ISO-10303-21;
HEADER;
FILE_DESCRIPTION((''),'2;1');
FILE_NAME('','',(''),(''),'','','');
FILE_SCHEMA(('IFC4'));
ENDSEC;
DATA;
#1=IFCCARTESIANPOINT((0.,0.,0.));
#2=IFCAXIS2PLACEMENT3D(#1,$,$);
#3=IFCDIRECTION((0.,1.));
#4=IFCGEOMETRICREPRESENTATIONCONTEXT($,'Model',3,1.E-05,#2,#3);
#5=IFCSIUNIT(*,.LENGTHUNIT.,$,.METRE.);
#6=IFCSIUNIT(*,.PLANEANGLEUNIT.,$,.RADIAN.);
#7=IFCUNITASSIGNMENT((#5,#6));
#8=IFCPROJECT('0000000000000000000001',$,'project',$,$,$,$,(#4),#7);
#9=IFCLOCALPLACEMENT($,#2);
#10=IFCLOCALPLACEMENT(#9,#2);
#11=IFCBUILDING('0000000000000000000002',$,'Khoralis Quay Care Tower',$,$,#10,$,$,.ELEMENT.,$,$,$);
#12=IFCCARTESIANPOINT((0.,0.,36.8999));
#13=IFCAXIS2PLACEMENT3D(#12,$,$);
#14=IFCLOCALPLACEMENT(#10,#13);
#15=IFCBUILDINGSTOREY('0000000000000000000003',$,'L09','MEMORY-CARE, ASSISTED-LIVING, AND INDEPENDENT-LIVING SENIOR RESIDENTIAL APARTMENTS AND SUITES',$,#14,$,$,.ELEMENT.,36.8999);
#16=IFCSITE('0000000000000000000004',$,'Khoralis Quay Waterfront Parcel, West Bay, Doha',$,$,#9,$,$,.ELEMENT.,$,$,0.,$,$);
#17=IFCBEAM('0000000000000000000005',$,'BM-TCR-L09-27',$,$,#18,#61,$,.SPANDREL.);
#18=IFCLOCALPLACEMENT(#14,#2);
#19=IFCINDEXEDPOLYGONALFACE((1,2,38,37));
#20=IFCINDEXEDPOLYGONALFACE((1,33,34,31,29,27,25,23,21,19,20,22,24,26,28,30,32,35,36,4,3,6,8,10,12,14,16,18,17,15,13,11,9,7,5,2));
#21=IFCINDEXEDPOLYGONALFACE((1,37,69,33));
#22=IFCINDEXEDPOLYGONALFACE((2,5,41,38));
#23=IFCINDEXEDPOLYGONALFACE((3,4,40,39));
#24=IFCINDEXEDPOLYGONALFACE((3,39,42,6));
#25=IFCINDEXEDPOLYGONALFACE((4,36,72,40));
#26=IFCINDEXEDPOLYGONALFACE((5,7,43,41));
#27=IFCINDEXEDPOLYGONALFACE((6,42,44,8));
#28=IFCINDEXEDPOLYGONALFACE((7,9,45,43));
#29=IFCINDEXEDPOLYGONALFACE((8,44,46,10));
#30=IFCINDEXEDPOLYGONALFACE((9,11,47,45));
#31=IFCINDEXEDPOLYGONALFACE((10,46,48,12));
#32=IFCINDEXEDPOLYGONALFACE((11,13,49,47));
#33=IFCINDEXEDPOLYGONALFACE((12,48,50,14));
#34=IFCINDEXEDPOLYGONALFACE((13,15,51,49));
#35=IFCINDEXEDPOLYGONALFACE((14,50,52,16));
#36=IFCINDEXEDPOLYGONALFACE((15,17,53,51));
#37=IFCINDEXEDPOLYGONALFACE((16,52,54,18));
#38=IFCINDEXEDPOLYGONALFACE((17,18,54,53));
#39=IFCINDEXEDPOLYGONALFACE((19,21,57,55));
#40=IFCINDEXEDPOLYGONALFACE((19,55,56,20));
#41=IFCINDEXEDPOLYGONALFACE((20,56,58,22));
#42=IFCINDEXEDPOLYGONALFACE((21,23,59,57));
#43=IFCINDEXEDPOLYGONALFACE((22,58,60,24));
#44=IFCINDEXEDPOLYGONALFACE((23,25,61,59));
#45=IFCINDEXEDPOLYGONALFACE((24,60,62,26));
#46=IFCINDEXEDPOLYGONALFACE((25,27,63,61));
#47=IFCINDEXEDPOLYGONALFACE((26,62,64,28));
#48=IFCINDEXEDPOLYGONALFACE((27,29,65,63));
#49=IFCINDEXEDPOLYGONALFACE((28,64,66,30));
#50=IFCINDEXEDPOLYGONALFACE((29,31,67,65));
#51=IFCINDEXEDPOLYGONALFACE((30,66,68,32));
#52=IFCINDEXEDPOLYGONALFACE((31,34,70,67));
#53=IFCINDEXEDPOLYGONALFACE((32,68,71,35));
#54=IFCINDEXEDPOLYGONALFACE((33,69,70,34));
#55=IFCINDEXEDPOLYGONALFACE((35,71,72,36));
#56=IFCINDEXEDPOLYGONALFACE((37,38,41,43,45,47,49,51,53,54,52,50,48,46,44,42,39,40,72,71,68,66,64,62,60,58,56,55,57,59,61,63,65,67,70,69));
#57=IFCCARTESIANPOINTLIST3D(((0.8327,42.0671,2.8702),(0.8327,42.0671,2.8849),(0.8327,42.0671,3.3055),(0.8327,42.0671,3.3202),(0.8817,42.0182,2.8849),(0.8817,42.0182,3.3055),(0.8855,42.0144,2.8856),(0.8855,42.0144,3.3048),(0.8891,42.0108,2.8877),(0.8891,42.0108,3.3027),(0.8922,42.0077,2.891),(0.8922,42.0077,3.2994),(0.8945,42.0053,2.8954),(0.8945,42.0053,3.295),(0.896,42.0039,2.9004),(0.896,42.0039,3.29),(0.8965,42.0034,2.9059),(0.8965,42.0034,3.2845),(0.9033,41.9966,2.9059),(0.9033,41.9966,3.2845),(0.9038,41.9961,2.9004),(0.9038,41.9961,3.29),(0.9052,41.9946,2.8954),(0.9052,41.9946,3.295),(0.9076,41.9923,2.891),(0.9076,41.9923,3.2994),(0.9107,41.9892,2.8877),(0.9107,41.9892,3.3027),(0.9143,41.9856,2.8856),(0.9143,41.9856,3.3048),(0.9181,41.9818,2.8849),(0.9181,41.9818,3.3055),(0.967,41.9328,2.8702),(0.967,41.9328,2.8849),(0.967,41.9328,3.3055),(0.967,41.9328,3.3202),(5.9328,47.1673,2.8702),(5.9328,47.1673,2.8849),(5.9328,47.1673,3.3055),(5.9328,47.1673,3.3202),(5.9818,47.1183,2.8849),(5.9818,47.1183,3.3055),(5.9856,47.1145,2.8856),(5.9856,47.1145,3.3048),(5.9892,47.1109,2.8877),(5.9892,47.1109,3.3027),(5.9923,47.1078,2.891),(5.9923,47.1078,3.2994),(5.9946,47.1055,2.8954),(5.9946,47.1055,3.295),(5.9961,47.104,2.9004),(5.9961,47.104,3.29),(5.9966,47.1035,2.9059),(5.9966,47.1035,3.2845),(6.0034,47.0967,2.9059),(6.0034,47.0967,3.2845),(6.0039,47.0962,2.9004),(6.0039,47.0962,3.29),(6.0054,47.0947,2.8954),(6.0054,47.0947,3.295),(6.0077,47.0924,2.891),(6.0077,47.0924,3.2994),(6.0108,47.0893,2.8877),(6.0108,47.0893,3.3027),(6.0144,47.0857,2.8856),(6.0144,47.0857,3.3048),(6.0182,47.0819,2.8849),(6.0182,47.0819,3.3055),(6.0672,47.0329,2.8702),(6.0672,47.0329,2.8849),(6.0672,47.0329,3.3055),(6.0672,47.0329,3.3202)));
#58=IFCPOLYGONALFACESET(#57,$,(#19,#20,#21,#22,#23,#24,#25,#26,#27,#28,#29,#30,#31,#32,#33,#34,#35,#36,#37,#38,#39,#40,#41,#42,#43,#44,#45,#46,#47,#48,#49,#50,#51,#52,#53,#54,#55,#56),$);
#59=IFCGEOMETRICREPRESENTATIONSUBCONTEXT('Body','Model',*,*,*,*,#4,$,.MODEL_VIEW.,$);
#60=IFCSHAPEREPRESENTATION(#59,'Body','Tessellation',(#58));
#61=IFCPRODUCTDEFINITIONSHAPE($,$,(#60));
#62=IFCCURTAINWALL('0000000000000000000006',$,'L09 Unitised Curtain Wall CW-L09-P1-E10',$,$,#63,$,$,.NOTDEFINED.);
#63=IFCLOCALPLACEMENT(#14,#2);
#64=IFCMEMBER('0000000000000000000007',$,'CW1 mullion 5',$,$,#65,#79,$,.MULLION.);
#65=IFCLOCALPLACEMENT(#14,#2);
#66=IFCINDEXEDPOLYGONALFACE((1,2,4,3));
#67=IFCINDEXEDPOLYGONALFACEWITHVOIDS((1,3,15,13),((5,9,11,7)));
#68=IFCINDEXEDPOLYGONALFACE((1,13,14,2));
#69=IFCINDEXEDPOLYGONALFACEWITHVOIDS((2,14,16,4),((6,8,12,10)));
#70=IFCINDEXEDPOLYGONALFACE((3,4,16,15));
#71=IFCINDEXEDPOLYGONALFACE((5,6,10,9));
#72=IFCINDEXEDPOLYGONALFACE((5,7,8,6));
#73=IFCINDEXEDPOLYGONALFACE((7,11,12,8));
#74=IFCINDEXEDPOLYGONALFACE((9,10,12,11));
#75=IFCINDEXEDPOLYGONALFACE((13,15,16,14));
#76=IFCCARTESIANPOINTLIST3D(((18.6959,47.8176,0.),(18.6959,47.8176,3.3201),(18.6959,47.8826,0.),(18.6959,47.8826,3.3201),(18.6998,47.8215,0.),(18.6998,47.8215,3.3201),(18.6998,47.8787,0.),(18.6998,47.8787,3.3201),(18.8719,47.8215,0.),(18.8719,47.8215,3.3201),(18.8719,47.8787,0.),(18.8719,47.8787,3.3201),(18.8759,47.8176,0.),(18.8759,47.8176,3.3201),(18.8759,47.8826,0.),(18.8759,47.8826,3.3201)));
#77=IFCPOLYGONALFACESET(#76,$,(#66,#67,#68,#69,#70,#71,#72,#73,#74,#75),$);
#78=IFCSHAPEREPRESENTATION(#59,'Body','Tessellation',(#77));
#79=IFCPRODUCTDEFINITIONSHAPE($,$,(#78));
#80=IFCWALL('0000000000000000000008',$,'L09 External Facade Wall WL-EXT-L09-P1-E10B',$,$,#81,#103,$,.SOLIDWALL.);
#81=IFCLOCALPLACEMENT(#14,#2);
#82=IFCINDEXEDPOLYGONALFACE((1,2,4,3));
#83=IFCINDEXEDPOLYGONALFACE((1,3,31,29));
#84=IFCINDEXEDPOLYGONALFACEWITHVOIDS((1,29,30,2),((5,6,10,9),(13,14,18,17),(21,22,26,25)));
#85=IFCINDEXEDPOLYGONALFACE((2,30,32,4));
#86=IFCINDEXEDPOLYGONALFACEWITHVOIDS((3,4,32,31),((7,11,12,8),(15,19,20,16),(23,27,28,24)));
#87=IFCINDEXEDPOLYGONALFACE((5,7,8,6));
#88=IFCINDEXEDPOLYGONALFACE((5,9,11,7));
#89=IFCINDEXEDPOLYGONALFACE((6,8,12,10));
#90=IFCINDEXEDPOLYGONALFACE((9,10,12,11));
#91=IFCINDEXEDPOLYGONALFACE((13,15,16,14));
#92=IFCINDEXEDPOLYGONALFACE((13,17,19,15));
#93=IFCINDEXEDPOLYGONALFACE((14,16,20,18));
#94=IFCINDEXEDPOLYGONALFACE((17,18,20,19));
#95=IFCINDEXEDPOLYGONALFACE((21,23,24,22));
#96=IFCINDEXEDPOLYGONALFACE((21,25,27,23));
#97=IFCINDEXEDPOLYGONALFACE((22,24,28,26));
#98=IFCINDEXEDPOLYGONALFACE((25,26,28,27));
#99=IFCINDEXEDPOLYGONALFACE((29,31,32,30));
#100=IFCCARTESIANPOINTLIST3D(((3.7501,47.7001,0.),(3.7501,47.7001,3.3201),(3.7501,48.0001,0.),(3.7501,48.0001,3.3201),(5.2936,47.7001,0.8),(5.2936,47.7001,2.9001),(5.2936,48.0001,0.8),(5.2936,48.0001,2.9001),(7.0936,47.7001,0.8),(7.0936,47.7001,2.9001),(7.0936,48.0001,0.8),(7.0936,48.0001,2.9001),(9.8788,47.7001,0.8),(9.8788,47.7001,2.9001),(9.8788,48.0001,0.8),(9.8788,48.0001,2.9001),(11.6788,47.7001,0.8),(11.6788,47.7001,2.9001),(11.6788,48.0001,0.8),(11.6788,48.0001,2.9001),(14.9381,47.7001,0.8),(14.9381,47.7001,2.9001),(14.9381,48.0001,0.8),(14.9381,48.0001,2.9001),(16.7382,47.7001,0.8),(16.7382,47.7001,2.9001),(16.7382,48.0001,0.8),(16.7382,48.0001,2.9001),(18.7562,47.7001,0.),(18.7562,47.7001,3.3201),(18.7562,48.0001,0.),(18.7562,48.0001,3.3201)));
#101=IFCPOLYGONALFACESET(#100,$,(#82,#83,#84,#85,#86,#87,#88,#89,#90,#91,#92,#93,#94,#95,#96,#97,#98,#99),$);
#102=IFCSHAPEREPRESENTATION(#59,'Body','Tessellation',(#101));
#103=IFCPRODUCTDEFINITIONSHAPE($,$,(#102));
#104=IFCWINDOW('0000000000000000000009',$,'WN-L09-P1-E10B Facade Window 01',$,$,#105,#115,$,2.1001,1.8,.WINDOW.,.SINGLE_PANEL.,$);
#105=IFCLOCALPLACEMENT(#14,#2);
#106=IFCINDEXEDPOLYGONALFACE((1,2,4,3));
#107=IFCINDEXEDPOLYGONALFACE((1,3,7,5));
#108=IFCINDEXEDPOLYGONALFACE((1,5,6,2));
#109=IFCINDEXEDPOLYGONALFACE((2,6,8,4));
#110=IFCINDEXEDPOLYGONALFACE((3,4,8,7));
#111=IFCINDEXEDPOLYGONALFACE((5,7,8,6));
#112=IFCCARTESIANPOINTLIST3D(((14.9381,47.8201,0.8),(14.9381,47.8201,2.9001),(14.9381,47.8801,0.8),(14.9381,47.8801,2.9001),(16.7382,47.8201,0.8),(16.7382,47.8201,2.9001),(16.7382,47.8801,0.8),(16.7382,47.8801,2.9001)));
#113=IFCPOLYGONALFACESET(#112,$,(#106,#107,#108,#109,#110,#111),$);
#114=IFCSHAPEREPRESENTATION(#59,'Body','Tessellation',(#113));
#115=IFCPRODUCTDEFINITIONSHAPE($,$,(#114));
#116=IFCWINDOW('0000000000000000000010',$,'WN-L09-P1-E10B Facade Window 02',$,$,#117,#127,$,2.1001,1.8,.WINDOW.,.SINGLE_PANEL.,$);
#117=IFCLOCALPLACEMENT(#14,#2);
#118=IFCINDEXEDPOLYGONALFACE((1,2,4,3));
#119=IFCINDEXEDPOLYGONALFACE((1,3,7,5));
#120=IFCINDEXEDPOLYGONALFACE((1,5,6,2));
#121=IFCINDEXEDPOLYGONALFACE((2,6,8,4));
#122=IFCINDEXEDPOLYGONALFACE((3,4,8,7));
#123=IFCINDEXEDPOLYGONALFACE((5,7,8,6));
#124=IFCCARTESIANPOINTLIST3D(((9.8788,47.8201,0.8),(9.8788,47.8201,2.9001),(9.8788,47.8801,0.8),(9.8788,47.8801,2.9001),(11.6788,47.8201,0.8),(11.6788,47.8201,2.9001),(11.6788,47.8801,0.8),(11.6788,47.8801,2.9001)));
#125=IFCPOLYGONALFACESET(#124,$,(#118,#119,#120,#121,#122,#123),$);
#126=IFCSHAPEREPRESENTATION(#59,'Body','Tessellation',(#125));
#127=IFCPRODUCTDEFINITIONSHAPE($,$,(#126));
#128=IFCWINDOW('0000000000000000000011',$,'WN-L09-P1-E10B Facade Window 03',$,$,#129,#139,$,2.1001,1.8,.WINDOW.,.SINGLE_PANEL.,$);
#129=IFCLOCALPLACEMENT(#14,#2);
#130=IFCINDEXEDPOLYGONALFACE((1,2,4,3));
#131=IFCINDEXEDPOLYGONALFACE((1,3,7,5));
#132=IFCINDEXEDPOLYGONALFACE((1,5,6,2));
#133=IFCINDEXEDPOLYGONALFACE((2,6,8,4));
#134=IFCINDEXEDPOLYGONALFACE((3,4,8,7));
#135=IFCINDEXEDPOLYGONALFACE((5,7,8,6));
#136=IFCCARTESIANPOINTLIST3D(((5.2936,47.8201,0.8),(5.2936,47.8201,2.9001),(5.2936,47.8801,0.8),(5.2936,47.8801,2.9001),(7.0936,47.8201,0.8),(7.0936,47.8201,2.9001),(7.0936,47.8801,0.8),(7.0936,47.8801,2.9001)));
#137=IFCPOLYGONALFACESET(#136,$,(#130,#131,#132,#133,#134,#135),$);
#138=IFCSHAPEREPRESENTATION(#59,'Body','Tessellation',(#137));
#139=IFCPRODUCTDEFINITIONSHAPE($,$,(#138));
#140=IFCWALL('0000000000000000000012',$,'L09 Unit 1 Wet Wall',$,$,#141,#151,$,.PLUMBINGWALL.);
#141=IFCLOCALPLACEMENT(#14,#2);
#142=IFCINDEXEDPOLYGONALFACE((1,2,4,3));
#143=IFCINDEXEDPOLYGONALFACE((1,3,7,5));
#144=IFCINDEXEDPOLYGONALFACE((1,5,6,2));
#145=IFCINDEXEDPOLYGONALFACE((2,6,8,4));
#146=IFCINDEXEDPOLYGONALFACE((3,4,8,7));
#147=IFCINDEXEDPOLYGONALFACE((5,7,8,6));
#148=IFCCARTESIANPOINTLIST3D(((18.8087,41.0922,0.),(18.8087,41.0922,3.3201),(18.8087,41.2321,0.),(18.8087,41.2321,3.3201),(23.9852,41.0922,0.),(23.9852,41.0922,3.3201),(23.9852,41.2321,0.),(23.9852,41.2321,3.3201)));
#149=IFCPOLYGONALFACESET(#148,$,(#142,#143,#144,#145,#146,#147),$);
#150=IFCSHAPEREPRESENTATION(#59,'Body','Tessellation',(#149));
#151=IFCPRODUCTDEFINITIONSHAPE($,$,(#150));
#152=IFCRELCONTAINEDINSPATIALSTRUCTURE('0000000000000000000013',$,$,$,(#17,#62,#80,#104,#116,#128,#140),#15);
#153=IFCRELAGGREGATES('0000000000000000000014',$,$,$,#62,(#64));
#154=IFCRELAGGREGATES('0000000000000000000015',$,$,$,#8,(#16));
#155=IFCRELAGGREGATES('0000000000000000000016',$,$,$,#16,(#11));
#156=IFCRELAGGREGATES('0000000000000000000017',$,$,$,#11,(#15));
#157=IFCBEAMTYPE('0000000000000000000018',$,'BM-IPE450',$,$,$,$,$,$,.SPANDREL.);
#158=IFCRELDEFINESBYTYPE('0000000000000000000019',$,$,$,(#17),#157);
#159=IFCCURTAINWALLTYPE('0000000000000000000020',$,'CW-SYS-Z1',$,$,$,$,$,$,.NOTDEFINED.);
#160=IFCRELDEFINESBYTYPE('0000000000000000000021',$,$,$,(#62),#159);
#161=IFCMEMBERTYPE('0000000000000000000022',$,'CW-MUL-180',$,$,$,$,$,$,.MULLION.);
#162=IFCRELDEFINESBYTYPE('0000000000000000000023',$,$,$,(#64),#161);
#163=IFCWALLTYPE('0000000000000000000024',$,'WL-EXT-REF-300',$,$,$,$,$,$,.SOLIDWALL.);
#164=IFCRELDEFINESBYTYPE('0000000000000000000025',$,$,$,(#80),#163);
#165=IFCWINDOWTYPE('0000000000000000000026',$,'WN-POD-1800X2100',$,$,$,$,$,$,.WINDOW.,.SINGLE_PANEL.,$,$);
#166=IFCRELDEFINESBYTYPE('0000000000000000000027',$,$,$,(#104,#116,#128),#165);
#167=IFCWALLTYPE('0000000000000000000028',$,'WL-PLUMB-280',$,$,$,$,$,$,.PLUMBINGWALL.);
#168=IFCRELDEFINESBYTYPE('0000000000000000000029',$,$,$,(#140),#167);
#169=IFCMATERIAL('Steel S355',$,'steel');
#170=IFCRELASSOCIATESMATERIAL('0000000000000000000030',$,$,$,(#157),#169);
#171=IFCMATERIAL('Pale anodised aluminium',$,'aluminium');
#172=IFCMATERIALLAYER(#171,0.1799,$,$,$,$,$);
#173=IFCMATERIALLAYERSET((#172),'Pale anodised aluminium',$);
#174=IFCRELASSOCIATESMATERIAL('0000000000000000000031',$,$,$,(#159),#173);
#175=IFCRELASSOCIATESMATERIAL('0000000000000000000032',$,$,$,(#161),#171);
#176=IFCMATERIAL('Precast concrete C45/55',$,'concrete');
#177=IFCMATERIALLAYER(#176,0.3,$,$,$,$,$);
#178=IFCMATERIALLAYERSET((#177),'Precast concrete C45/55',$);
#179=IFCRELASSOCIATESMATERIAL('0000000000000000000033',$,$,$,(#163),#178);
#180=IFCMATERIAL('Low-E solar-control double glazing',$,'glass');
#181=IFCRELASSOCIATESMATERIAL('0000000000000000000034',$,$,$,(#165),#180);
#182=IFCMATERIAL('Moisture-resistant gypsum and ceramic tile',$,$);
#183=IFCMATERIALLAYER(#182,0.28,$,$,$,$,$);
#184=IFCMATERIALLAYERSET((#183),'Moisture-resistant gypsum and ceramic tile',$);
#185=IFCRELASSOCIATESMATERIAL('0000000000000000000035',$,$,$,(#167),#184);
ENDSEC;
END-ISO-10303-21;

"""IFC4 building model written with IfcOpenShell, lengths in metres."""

from ifc_helpers import new_model, si_unit, direction, frame, frame_2d, origin, origin_2d, place, context, subcontext, project, spatial, rectangle, hollow_rectangle, i_section, extrude, source, transform, mapped, material, layer, layer_set, material_profile, profile_set, type_object, element, fill, aggregate, save


model = new_model("IFC4")

# Units and contexts
model_context = context("Model", 3, precision=1e-05, world=origin(), true_north=direction((0.0, 1.0)))
body_context = subcontext(model_context, "Body", "Model", "MODEL_VIEW")
ifc_project = project(units=[si_unit("LENGTHUNIT", "METRE"), si_unit("PLANEANGLEUNIT", "RADIAN")], contexts=[model_context])

# Site, building, storey
site_placement = place(None, origin())
site = spatial("IfcSite", under=ifc_project, at=site_placement, Name="Khoralis Quay Waterfront Parcel, West Bay, Doha", CompositionType="ELEMENT", RefElevation=0.0)
building_placement = place(site_placement, origin())
building = spatial("IfcBuilding", under=site, at=building_placement, Name="Khoralis Quay Care Tower", CompositionType="ELEMENT")
storey_placement = place(building_placement, frame((0.0, 0.0, 36.8999)))
storey = spatial("IfcBuildingStorey", under=building, at=storey_placement, Name="L09", Description="MEMORY-CARE, ASSISTED-LIVING, AND INDEPENDENT-LIVING SENIOR RESIDENTIAL APARTMENTS AND SUITES", CompositionType="ELEMENT", Elevation=36.8999)

# Beam
ifc_material_1 = material(Name="Steel S355", Category="steel")
ifc_material_profile_1 = material_profile(ifc_material_1, i_section(OverallWidth=0.1899, OverallDepth=0.45, WebThickness=0.0095, FlangeThickness=0.0146, FilletRadius=0.021, at=origin_2d()), Name="Steel S355")
ifc_profile_set_1 = profile_set([ifc_material_profile_1], Name="Steel S355")
beam_type = type_object("IfcBeamType", Name="BM-IPE450", PredefinedType="SPANDREL", material=ifc_profile_set_1)
shared_shape_1 = source(origin(), body_context, "Body", "SweptSolid", [
    extrude(i_section(OverallWidth=0.1899, OverallDepth=0.45, WebThickness=0.0095, FlangeThickness=0.0146, FilletRadius=0.021, at=origin_2d()), origin(), (0.0, 0.0, 1.0), 7.2126),
])
beam_1_placement = place(storey_placement, frame((6.0, 47.1001, 3.0952), z_axis=(-0.707107, -0.707107, 0.0), x_axis=(0.707107, -0.707107, 0.0)))
element("IfcBeam", 1, at=beam_1_placement, inside=storey, type_object=beam_type, Name="BM-TCR-L09-27", PredefinedType="SPANDREL", context=body_context, shape_type="MappedRepresentation", body=[
    mapped(shared_shape_1, transform((0.0, 0.0, 0.0), scale=1.0)),
])

# Curtain wall, member
ifc_material_2 = material(Name="Pale anodised aluminium", Category="aluminium")
ifc_layer_1 = layer(ifc_material_2, 0.1799)
ifc_layer_set_1 = layer_set([ifc_layer_1], Name="Pale anodised aluminium")
curtain_wall_type = type_object("IfcCurtainWallType", Name="CW-SYS-Z1", PredefinedType="NOTDEFINED", material=ifc_layer_set_1)
curtain_wall_placement = place(storey_placement, origin())
curtain_wall = element("IfcCurtainWall", 2, at=curtain_wall_placement, inside=storey, type_object=curtain_wall_type, Name="L09 Unitised Curtain Wall CW-L09-P1-E10", PredefinedType="NOTDEFINED")
ifc_material_profile_2 = material_profile(ifc_material_2, hollow_rectangle(XDim=0.0649, YDim=0.1799, WallThickness=0.0039, at=origin_2d()), Name="Pale anodised aluminium")
ifc_profile_set_2 = profile_set([ifc_material_profile_2], Name="Pale anodised aluminium")
member_type = type_object("IfcMemberType", Name="CW-MUL-180", PredefinedType="MULLION", material=ifc_profile_set_2)
shared_shape_2 = source(origin(), body_context, "Body", "SweptSolid", [
    extrude(hollow_rectangle(XDim=0.0649, YDim=0.1799, WallThickness=0.0039, at=origin_2d()), origin(), (0.0, 0.0, 1.0), 3.3201),
])
member_placement = place(storey_placement, frame((18.7859, 47.8501, 0.0), z_axis=(0.0, 0.0, 1.0), x_axis=(0.0, -1.0, 0.0)))
member = element("IfcMember", 3, at=member_placement, type_object=member_type, Name="CW1 mullion 5", PredefinedType="MULLION", context=body_context, shape_type="MappedRepresentation", body=[
    mapped(shared_shape_2, transform((0.0, 0.0, 0.0), scale=1.0)),
])
aggregate(curtain_wall, [member])

# Wall, openings, windows
ifc_material_3 = material(Name="Precast concrete C45/55", Category="concrete")
ifc_layer_2 = layer(ifc_material_3, 0.3)
ifc_layer_set_2 = layer_set([ifc_layer_2], Name="Precast concrete C45/55")
wall_type_1 = type_object("IfcWallType", Name="WL-EXT-REF-300", PredefinedType="SOLIDWALL", material=ifc_layer_set_2)
wall_1_placement = place(storey_placement, frame((18.7561, 47.8501, 0.0), z_axis=(0.0, 0.0, 1.0), x_axis=(-1.0, 0.0, 0.0)))
wall_1 = element("IfcWall", 4, at=wall_1_placement, inside=storey, type_object=wall_type_1, Name="L09 External Facade Wall WL-EXT-L09-P1-E10B", PredefinedType="SOLIDWALL", context=body_context, shape_type="SweptSolid", body=[
    extrude(rectangle(XDim=15.0061, YDim=0.3, at=frame_2d((7.5029, 0.0))), origin(), (0.0, 0.0, 1.0), 3.3201),
])
opening_1_placement = place(wall_1_placement, frame((2.0181, 0.0, 0.8)))
opening_1 = element("IfcOpeningElement", 5, at=opening_1_placement, cuts=wall_1, PredefinedType="OPENING", context=body_context, shape_type="SweptSolid", body=[
    extrude(rectangle(XDim=1.8, YDim=2.1001, at=frame_2d((0.8999, 1.05))), frame((0.0, 0.1602, 0.0), z_axis=(0.0, -1.0, 0.0), x_axis=(1.0, 0.0, 0.0)), (0.0, 0.0, 1.0), 0.3201),
])
opening_2_placement = place(wall_1_placement, frame((7.0774, 0.0, 0.8)))
opening_2 = element("IfcOpeningElement", 6, at=opening_2_placement, cuts=wall_1, PredefinedType="OPENING", context=body_context, shape_type="SweptSolid", body=[
    extrude(rectangle(XDim=1.8, YDim=2.1001, at=frame_2d((0.8999, 1.05))), frame((0.0, 0.1602, 0.0), z_axis=(0.0, -1.0, 0.0), x_axis=(1.0, 0.0, 0.0)), (0.0, 0.0, 1.0), 0.3201),
])
opening_3_placement = place(wall_1_placement, frame((11.6626, 0.0, 0.8)))
opening_3 = element("IfcOpeningElement", 7, at=opening_3_placement, cuts=wall_1, PredefinedType="OPENING", context=body_context, shape_type="SweptSolid", body=[
    extrude(rectangle(XDim=1.8, YDim=2.1001, at=frame_2d((0.8999, 1.05))), frame((0.0, 0.1602, 0.0), z_axis=(0.0, -1.0, 0.0), x_axis=(1.0, 0.0, 0.0)), (0.0, 0.0, 1.0), 0.3201),
])
ifc_material_4 = material(Name="Low-E solar-control double glazing", Category="glass")
window_type = type_object("IfcWindowType", Name="WN-POD-1800X2100", PartitioningType="SINGLE_PANEL", PredefinedType="WINDOW", material=ifc_material_4)
shared_shape_3 = source(origin(), body_context, "Body", "SweptSolid", [
    extrude(rectangle(XDim=1.8, YDim=2.1001, at=frame_2d((0.8999, 1.05))), frame((0.0, 0.03, 0.0), z_axis=(0.0, -1.0, 0.0), x_axis=(1.0, 0.0, 0.0)), (0.0, 0.0, 1.0), 0.0601),
])
window_1_placement = place(opening_1_placement, origin())
window_1 = element("IfcWindow", 8, at=window_1_placement, inside=storey, type_object=window_type, Name="WN-L09-P1-E10B Facade Window 01", OverallHeight=2.1001, OverallWidth=1.8, PartitioningType="SINGLE_PANEL", PredefinedType="WINDOW", context=body_context, shape_type="MappedRepresentation", body=[
    mapped(shared_shape_3, transform((0.0, 0.0, 0.0), scale=1.0)),
])
fill(opening_1, window_1)
window_2_placement = place(opening_2_placement, origin())
window_2 = element("IfcWindow", 9, at=window_2_placement, inside=storey, type_object=window_type, Name="WN-L09-P1-E10B Facade Window 02", OverallHeight=2.1001, OverallWidth=1.8, PartitioningType="SINGLE_PANEL", PredefinedType="WINDOW", context=body_context, shape_type="MappedRepresentation", body=[
    mapped(shared_shape_3, transform((0.0, 0.0, 0.0), scale=1.0)),
])
fill(opening_2, window_2)
window_3_placement = place(opening_3_placement, origin())
window_3 = element("IfcWindow", 10, at=window_3_placement, inside=storey, type_object=window_type, Name="WN-L09-P1-E10B Facade Window 03", OverallHeight=2.1001, OverallWidth=1.8, PartitioningType="SINGLE_PANEL", PredefinedType="WINDOW", context=body_context, shape_type="MappedRepresentation", body=[
    mapped(shared_shape_3, transform((0.0, 0.0, 0.0), scale=1.0)),
])
fill(opening_3, window_3)

# Wall
ifc_material_5 = material(Name="Moisture-resistant gypsum and ceramic tile")
ifc_layer_3 = layer(ifc_material_5, 0.28)
ifc_layer_set_3 = layer_set([ifc_layer_3], Name="Moisture-resistant gypsum and ceramic tile")
wall_type_2 = type_object("IfcWallType", Name="WL-PLUMB-280", PredefinedType="PLUMBINGWALL", material=ifc_layer_set_3)
wall_2_placement = place(storey_placement, frame((18.8086, 41.1621, 0.0), z_axis=(0.0, 0.0, 1.0), x_axis=(1.0, 0.0, 0.0)))
element("IfcWall", 11, at=wall_2_placement, inside=storey, type_object=wall_type_2, Name="L09 Unit 1 Wet Wall", PredefinedType="PLUMBINGWALL", context=body_context, shape_type="SweptSolid", body=[
    extrude(rectangle(XDim=5.1765, YDim=0.1399, at=frame_2d((2.5884, 0.0))), origin(), (0.0, 0.0, 1.0), 3.3201),
])

save(model, "model.ifc")
